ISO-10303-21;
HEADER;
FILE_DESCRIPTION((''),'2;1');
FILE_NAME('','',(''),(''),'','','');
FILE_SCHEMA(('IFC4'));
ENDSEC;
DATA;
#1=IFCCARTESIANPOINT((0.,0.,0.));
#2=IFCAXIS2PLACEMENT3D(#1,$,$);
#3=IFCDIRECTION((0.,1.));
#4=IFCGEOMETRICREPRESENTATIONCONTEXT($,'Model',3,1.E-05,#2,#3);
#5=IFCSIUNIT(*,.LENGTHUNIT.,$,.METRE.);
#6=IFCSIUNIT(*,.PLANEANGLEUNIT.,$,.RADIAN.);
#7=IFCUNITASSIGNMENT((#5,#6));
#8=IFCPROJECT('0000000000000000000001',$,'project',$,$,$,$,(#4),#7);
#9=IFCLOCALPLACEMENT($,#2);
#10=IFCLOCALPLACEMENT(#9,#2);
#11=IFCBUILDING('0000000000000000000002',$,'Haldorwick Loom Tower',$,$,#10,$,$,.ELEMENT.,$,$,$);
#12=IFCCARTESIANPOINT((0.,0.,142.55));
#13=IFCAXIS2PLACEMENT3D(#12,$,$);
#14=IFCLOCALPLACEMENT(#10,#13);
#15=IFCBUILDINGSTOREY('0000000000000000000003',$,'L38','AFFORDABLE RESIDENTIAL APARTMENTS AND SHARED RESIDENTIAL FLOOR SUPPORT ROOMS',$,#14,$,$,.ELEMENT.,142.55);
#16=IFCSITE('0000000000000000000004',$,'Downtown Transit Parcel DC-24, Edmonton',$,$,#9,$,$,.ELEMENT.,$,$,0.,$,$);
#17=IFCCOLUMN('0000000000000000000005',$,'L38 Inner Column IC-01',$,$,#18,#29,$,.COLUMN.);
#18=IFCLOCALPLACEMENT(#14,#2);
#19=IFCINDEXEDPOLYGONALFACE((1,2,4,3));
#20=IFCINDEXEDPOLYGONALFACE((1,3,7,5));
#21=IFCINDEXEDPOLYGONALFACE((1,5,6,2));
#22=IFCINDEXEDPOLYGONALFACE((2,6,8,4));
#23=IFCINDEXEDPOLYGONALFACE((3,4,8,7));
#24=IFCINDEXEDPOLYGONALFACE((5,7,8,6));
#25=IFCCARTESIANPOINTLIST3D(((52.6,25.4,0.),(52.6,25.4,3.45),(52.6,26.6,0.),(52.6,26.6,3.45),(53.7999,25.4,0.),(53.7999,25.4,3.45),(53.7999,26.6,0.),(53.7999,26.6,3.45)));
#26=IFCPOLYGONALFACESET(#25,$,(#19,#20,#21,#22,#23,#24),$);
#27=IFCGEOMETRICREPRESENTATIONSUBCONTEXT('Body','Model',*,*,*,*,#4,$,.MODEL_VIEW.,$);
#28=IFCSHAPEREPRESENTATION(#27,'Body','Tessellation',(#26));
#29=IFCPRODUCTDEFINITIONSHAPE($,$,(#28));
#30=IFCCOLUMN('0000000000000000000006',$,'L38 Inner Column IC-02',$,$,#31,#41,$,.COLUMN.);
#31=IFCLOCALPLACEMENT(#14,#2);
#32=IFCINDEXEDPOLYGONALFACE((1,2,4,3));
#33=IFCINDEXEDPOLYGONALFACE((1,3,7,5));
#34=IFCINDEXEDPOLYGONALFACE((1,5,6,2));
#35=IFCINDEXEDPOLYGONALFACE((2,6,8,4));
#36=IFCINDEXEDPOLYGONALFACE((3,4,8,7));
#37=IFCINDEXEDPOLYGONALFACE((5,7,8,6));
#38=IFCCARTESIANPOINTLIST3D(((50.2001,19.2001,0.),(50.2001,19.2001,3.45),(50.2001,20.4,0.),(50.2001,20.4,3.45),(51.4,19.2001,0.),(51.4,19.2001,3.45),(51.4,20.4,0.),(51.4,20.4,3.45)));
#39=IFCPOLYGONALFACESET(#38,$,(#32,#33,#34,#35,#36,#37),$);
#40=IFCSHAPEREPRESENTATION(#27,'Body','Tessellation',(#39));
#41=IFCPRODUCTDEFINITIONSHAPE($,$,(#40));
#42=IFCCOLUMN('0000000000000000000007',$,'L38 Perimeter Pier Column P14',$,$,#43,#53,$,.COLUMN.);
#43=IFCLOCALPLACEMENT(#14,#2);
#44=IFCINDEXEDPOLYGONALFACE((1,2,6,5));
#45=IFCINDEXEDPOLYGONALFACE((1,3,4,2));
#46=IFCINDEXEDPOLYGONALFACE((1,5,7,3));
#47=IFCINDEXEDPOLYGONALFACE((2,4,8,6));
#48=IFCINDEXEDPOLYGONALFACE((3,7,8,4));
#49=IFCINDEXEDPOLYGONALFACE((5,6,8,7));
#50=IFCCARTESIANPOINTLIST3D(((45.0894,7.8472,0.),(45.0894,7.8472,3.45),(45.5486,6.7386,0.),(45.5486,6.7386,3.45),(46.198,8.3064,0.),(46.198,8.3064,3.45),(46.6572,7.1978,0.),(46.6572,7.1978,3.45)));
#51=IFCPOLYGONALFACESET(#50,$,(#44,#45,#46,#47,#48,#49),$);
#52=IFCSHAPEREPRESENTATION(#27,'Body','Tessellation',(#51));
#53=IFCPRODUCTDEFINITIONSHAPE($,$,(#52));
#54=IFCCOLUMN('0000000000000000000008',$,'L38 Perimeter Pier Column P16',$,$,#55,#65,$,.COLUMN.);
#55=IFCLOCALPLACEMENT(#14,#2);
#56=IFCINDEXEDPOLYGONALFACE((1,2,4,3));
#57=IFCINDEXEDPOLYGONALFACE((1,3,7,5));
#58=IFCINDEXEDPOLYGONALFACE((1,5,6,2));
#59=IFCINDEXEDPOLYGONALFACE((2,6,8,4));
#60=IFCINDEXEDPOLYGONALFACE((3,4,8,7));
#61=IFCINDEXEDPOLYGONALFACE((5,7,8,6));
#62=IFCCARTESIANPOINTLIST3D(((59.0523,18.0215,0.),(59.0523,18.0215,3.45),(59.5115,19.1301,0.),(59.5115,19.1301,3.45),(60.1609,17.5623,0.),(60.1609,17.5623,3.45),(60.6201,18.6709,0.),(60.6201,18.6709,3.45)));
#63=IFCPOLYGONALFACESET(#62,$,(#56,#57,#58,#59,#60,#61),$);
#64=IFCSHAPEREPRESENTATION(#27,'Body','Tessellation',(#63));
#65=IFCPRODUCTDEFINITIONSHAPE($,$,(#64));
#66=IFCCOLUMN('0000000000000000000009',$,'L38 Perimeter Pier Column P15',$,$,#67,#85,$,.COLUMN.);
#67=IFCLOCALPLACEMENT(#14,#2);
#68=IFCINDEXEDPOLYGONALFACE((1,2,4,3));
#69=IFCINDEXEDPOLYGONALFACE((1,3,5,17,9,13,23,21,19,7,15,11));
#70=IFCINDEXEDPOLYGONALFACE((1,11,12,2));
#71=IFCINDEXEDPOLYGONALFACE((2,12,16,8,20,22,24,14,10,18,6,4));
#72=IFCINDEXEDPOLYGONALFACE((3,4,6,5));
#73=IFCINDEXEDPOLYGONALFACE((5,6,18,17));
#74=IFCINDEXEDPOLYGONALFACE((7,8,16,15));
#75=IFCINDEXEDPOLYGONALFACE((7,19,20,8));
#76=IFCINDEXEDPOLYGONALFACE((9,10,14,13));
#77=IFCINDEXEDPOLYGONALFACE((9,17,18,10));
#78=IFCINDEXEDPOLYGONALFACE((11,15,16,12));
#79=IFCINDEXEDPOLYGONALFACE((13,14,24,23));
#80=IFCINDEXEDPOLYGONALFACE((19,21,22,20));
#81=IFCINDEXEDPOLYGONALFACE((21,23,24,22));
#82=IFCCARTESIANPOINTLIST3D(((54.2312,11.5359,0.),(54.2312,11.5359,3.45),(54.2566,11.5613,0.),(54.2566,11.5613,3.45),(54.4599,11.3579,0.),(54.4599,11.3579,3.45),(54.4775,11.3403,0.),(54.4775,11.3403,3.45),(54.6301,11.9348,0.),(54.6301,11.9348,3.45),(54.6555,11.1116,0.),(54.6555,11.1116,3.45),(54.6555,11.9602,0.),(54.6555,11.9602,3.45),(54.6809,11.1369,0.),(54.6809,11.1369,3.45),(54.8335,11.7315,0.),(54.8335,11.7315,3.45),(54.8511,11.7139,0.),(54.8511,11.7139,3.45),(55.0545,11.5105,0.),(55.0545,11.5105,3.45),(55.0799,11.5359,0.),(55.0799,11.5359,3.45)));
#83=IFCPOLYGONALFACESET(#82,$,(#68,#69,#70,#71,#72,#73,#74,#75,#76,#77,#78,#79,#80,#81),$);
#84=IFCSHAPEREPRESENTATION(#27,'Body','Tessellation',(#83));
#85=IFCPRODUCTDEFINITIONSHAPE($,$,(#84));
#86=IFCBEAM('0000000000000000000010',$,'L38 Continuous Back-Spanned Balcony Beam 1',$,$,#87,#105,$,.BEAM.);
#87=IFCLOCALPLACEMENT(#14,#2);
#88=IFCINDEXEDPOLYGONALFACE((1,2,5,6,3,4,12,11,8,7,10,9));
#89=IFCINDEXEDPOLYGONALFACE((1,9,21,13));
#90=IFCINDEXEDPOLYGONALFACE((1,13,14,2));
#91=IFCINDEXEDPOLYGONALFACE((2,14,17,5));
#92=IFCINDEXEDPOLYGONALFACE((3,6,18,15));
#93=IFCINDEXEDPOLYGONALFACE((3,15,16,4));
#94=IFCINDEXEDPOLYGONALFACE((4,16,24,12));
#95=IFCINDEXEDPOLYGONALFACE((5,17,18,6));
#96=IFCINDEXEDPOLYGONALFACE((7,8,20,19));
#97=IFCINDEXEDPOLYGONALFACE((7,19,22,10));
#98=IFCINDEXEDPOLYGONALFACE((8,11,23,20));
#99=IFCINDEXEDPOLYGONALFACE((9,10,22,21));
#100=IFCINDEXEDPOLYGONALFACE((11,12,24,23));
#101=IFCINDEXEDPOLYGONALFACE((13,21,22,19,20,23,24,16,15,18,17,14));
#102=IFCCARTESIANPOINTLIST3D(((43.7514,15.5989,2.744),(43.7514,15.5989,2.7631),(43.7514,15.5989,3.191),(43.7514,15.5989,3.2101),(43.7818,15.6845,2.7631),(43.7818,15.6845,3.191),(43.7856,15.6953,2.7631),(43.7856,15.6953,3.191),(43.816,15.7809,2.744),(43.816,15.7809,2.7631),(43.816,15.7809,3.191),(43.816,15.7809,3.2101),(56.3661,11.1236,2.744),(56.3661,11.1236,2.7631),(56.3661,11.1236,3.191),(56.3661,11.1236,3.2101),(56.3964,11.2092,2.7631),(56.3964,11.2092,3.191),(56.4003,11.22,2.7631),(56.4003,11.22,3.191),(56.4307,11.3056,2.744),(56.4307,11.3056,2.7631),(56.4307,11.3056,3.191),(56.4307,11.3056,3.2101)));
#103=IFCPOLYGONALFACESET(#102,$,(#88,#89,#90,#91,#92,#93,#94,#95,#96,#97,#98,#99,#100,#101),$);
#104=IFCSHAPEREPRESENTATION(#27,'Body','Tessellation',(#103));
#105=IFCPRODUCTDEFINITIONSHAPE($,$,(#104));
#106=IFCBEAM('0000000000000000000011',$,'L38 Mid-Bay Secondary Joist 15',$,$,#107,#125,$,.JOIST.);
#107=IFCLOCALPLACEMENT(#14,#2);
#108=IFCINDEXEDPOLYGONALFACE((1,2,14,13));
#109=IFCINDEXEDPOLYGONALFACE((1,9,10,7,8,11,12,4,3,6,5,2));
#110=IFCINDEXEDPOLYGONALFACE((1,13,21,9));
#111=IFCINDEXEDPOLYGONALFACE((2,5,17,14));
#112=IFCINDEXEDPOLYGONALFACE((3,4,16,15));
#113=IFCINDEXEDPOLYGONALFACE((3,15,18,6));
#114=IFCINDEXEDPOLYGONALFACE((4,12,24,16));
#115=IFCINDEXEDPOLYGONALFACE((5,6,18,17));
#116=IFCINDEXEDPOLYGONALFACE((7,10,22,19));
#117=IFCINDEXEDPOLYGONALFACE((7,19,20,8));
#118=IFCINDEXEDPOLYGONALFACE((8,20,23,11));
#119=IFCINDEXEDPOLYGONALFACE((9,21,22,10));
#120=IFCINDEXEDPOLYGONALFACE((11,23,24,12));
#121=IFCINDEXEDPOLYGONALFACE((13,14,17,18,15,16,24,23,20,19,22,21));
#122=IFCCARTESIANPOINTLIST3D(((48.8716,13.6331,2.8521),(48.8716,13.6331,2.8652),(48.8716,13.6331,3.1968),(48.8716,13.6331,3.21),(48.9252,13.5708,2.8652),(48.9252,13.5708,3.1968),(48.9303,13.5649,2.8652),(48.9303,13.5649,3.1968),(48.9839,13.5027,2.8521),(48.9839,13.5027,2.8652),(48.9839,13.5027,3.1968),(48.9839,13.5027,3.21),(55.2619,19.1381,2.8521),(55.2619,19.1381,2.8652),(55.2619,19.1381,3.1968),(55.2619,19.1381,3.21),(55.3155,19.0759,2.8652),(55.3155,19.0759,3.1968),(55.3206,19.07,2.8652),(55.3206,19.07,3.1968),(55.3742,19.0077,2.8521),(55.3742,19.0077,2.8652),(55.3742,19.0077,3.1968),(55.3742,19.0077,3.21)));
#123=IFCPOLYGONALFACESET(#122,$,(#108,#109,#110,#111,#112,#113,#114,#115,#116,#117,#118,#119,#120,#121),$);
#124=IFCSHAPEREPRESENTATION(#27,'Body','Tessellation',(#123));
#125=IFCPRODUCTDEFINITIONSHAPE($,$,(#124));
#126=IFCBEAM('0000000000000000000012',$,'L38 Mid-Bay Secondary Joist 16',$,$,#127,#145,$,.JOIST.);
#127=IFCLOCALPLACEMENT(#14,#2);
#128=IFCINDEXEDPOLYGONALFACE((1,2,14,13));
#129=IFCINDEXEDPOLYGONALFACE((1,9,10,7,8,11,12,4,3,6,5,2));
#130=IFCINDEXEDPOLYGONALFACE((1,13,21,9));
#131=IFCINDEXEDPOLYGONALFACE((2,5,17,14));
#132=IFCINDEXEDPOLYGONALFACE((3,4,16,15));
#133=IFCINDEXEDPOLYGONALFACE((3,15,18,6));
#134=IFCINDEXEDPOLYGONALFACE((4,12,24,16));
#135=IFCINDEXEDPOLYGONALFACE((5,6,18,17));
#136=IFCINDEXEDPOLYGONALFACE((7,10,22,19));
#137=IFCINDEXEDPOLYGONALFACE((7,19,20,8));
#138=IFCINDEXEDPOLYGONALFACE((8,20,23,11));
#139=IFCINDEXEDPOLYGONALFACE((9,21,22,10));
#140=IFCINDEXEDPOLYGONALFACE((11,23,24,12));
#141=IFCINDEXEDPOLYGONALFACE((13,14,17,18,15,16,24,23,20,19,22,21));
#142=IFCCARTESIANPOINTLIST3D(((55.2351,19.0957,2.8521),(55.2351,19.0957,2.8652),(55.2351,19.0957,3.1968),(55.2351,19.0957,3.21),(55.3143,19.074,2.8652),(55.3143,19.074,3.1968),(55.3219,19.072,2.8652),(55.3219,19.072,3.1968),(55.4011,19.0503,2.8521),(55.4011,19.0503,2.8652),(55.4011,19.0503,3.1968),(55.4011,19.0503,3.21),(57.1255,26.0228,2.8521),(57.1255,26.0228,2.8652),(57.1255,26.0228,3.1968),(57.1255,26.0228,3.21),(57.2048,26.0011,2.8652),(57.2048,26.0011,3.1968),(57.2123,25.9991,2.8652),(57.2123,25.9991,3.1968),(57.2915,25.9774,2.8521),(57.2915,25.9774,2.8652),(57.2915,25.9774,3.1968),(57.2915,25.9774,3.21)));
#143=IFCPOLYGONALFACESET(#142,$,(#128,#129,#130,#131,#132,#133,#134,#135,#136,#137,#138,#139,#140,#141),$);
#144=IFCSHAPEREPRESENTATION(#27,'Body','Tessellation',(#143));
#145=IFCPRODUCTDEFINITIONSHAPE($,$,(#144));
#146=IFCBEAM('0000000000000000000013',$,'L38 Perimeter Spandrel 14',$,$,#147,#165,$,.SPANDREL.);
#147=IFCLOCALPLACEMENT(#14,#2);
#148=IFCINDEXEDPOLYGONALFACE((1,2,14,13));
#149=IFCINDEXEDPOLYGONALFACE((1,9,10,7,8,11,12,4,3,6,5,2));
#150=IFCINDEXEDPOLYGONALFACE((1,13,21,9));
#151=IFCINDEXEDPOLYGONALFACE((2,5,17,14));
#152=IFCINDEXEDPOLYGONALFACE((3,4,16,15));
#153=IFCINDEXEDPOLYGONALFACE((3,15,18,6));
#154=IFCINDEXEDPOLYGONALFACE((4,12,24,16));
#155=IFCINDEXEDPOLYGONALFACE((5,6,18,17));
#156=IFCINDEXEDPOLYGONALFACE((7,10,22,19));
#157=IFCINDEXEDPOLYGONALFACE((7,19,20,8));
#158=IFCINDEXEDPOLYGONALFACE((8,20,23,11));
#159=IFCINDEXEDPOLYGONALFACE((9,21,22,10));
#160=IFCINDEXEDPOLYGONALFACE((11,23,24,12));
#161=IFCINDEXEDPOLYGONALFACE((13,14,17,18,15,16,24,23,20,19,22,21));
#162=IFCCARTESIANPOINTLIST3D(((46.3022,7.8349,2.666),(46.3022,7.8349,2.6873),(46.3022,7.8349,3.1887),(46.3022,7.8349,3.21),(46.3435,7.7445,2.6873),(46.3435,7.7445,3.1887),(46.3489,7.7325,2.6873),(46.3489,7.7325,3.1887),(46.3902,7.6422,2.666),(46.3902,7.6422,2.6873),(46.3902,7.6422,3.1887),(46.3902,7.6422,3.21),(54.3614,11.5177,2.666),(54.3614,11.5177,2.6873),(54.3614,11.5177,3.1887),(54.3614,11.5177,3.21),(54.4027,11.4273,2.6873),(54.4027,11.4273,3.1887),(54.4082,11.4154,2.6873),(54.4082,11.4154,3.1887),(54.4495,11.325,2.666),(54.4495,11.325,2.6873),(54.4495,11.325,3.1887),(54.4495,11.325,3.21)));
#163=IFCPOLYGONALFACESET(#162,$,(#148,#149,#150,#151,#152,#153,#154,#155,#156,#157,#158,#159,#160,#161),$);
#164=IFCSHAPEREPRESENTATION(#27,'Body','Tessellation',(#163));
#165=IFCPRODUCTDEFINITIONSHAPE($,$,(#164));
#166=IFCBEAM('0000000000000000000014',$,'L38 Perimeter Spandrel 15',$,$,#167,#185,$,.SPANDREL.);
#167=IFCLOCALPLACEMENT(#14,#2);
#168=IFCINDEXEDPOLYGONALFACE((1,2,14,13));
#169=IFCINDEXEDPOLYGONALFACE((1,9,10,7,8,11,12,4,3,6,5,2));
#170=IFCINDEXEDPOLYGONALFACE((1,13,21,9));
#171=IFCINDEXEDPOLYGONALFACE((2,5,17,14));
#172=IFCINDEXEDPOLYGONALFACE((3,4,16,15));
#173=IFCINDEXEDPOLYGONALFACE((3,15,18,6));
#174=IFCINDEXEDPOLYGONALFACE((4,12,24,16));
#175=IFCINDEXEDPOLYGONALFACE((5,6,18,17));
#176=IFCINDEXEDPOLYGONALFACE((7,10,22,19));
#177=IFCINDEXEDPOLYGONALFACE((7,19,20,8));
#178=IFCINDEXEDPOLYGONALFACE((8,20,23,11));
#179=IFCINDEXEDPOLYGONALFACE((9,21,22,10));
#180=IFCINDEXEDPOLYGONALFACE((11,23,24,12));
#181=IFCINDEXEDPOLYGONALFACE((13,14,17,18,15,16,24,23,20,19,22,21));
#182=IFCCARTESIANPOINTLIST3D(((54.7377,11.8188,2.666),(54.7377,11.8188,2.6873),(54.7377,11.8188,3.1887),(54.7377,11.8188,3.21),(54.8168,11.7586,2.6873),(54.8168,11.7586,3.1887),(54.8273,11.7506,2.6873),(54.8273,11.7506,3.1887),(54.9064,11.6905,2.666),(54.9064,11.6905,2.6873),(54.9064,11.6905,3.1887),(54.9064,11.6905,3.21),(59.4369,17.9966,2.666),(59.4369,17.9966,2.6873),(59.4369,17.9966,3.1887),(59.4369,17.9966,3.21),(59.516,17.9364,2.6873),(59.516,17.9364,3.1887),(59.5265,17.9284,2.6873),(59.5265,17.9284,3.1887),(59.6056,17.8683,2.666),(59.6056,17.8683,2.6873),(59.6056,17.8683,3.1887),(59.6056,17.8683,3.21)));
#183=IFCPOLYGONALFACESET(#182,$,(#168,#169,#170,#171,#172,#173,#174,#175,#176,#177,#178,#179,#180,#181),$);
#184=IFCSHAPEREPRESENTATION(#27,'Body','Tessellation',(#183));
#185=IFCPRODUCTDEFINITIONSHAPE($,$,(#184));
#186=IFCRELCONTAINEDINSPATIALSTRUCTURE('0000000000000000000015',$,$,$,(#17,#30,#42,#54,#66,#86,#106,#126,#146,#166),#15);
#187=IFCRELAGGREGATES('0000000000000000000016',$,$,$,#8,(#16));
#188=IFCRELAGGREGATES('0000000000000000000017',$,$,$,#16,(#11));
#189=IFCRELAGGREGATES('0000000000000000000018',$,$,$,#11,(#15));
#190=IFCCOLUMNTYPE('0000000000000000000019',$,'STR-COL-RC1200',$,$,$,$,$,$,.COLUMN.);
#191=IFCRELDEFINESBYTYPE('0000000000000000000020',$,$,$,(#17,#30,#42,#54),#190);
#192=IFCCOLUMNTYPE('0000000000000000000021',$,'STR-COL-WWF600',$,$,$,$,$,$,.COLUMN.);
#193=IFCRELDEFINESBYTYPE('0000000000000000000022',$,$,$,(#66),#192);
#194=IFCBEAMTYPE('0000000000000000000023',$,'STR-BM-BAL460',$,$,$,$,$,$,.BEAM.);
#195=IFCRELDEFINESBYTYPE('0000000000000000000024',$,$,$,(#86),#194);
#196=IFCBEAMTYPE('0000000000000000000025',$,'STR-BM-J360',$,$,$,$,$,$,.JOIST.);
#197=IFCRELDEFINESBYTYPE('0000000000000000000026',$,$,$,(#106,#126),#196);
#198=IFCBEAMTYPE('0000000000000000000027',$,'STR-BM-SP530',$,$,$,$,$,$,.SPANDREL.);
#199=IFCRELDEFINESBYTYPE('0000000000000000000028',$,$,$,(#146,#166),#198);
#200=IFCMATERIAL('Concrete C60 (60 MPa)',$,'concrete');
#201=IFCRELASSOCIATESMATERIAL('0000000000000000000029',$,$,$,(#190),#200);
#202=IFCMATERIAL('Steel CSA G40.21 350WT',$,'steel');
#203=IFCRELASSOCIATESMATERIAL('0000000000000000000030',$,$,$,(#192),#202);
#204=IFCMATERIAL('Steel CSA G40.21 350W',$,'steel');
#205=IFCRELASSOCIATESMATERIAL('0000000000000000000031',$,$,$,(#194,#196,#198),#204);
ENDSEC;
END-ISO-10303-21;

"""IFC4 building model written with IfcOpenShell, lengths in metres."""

from ifc_helpers import new_model, si_unit, direction, frame, origin, origin_2d, place, context, subcontext, project, spatial, rectangle, i_section, extrude, material, material_profile, profile_set, type_object, element, save


model = new_model("IFC4")

# Units and contexts
model_context = context("Model", 3, precision=1e-05, world=origin(), true_north=direction((0.0, 1.0)))
body_context = subcontext(model_context, "Body", "Model", "MODEL_VIEW")
ifc_project = project(units=[si_unit("LENGTHUNIT", "METRE"), si_unit("PLANEANGLEUNIT", "RADIAN")], contexts=[model_context])

# Site, building, storey
site_placement = place(None, origin())
site = spatial("IfcSite", under=ifc_project, at=site_placement, Name="Downtown Transit Parcel DC-24, Edmonton", CompositionType="ELEMENT", RefElevation=0.0)
building_placement = place(site_placement, origin())
building = spatial("IfcBuilding", under=site, at=building_placement, Name="Haldorwick Loom Tower", CompositionType="ELEMENT")
storey_placement = place(building_placement, frame((0.0, 0.0, 142.55)))
storey = spatial("IfcBuildingStorey", under=building, at=storey_placement, Name="L38", Description="AFFORDABLE RESIDENTIAL APARTMENTS AND SHARED RESIDENTIAL FLOOR SUPPORT ROOMS", CompositionType="ELEMENT", Elevation=142.55)

# Columns
ifc_material_1 = material(Name="Concrete C60 (60 MPa)", Category="concrete")
ifc_material_profile_1 = material_profile(ifc_material_1, rectangle(XDim=1.2, YDim=1.2, at=origin_2d()), Name="RC1200X1200", Category="concrete")
ifc_profile_set_1 = profile_set([ifc_material_profile_1], Name="Concrete C60 (60 MPa)")
column_type_1 = type_object("IfcColumnType", Name="STR-COL-RC1200", PredefinedType="COLUMN", material=ifc_profile_set_1)
for number, where, z_axis, x_axis, name in (
    (1, (53.2, 26.0, 0.0), (0.0, 0.0, 1.0), (1.0, 0.0, 0.0), "L38 Inner Column IC-01"),
    (2, (50.8, 19.8, 0.0), (0.0, 0.0, 1.0), (1.0, 0.0, 0.0), "L38 Inner Column IC-02"),
    (3, (45.8733, 7.5225, 0.0), (0.0, 0.0, 1.0), (0.382683, -0.92388, 0.0), "L38 Perimeter Pier Column P14"),
    (4, (59.8362, 18.3462, 0.0), (0.0, 0.0, 1.0), (0.92388, -0.382683, 0.0), "L38 Perimeter Pier Column P16"),
):
    element("IfcColumn", number, at=place(storey_placement, frame(where, z_axis=z_axis, x_axis=x_axis)), inside=storey, type_object=column_type_1, Name=name, PredefinedType="COLUMN", context=body_context, shape_type="SweptSolid", body=[
        extrude(rectangle(XDim=1.2, YDim=1.2, at=origin_2d()), origin(), (0.0, 0.0, 1.0), 3.45),
    ])
ifc_material_2 = material(Name="Steel CSA G40.21 350WT", Category="steel")
ifc_material_profile_2 = material_profile(ifc_material_2, i_section(OverallWidth=0.6001, OverallDepth=0.6001, WebThickness=0.0249, FlangeThickness=0.0359, at=origin_2d()), Name="WWF600X600", Category="steel")
ifc_profile_set_2 = profile_set([ifc_material_profile_2], Name="Steel CSA G40.21 350WT")
column_type_2 = type_object("IfcColumnType", Name="STR-COL-WWF600", PredefinedType="COLUMN", material=ifc_profile_set_2)
column_placement = place(storey_placement, frame((54.6555, 11.5359, 0.0), z_axis=(0.0, 0.0, 1.0), x_axis=(0.707107, -0.707107, 0.0)))
element("IfcColumn", 5, at=column_placement, inside=storey, type_object=column_type_2, Name="L38 Perimeter Pier Column P15", PredefinedType="COLUMN", context=body_context, shape_type="SweptSolid", body=[
    extrude(i_section(OverallWidth=0.6001, OverallDepth=0.6001, WebThickness=0.0249, FlangeThickness=0.0359, at=origin_2d()), origin(), (0.0, 0.0, 1.0), 3.45),
])

# Beams
ifc_material_3 = material(Name="Steel CSA G40.21 350W", Category="steel")
ifc_material_profile_3 = material_profile(ifc_material_3, i_section(OverallWidth=0.1931, OverallDepth=0.4661, WebThickness=0.0115, FlangeThickness=0.019, at=origin_2d()), Name="W460X97", Category="steel")
ifc_profile_set_3 = profile_set([ifc_material_profile_3], Name="Steel CSA G40.21 350W")
beam_type_1 = type_object("IfcBeamType", Name="STR-BM-BAL460", PredefinedType="BEAM", material=ifc_profile_set_3)
beam_1_placement = place(storey_placement, frame((43.7837, 15.6899, 2.9771), z_axis=(0.942448, -0.334353, 0.0), x_axis=(0.334353, 0.942448, 0.0)))
element("IfcBeam", 6, at=beam_1_placement, inside=storey, type_object=beam_type_1, Name="L38 Continuous Back-Spanned Balcony Beam 1", PredefinedType="BEAM", context=body_context, shape_type="SweptSolid", body=[
    extrude(i_section(OverallWidth=0.1931, OverallDepth=0.4661, WebThickness=0.0115, FlangeThickness=0.019, at=origin_2d()), origin(), (0.0, 0.0, 1.0), 13.385),
])
ifc_material_profile_4 = material_profile(ifc_material_3, i_section(OverallWidth=0.1721, OverallDepth=0.3579, WebThickness=0.0078, FlangeThickness=0.0132, at=origin_2d()), Name="W360X57", Category="steel")
ifc_profile_set_4 = profile_set([ifc_material_profile_4], Name="Steel CSA G40.21 350W")
beam_type_2 = type_object("IfcBeamType", Name="STR-BM-J360", PredefinedType="JOIST", material=ifc_profile_set_4)
beam_2_placement = place(storey_placement, frame((48.9277, 13.5679, 3.031), z_axis=(0.757634, 0.65268, 0.0), x_axis=(-0.65268, 0.757634, 0.0)))
element("IfcBeam", 7, at=beam_2_placement, inside=storey, type_object=beam_type_2, Name="L38 Mid-Bay Secondary Joist 15", PredefinedType="JOIST", context=body_context, shape_type="SweptSolid", body=[
    extrude(i_section(OverallWidth=0.1721, OverallDepth=0.3579, WebThickness=0.0078, FlangeThickness=0.0132, at=origin_2d()), origin(), (0.0, 0.0, 1.0), 8.4346),
])
beam_3_placement = place(storey_placement, frame((55.3181, 19.073, 3.031), z_axis=(0.263273, 0.964721, 0.0), x_axis=(-0.964721, 0.263273, 0.0)))
element("IfcBeam", 8, at=beam_3_placement, inside=storey, type_object=beam_type_2, Name="L38 Mid-Bay Secondary Joist 16", PredefinedType="JOIST", context=body_context, shape_type="SweptSolid", body=[
    extrude(i_section(OverallWidth=0.1721, OverallDepth=0.3579, WebThickness=0.0078, FlangeThickness=0.0132, at=origin_2d()), origin(), (0.0, 0.0, 1.0), 7.1804),
])
ifc_material_profile_5 = material_profile(ifc_material_3, i_section(OverallWidth=0.2119, OverallDepth=0.5439, WebThickness=0.0132, FlangeThickness=0.0212, at=origin_2d()), Name="W530X123", Category="steel")
ifc_profile_set_5 = profile_set([ifc_material_profile_5], Name="Steel CSA G40.21 350W")
beam_type_3 = type_object("IfcBeamType", Name="STR-BM-SP530", PredefinedType="SPANDREL", material=ifc_profile_set_5)
beam_4_placement = place(storey_placement, frame((46.3462, 7.7385, 2.938), z_axis=(0.909534, 0.415629, 0.0), x_axis=(-0.415629, 0.909534, 0.0)))
element("IfcBeam", 9, at=beam_4_placement, inside=storey, type_object=beam_type_3, Name="L38 Perimeter Spandrel 14", PredefinedType="SPANDREL", context=body_context, shape_type="SweptSolid", body=[
    extrude(i_section(OverallWidth=0.2119, OverallDepth=0.5439, WebThickness=0.0132, FlangeThickness=0.0212, at=origin_2d()), origin(), (0.0, 0.0, 1.0), 8.8608),
])
beam_5_placement = place(storey_placement, frame((54.822, 11.7546, 2.938), z_axis=(0.605421, 0.795905, 0.0), x_axis=(-0.795905, 0.605421, 0.0)))
element("IfcBeam", 10, at=beam_5_placement, inside=storey, type_object=beam_type_3, Name="L38 Perimeter Spandrel 15", PredefinedType="SPANDREL", context=body_context, shape_type="SweptSolid", body=[
    extrude(i_section(OverallWidth=0.2119, OverallDepth=0.5439, WebThickness=0.0132, FlangeThickness=0.0212, at=origin_2d()), origin(), (0.0, 0.0, 1.0), 7.762),
])

save(model, "model.ifc")
